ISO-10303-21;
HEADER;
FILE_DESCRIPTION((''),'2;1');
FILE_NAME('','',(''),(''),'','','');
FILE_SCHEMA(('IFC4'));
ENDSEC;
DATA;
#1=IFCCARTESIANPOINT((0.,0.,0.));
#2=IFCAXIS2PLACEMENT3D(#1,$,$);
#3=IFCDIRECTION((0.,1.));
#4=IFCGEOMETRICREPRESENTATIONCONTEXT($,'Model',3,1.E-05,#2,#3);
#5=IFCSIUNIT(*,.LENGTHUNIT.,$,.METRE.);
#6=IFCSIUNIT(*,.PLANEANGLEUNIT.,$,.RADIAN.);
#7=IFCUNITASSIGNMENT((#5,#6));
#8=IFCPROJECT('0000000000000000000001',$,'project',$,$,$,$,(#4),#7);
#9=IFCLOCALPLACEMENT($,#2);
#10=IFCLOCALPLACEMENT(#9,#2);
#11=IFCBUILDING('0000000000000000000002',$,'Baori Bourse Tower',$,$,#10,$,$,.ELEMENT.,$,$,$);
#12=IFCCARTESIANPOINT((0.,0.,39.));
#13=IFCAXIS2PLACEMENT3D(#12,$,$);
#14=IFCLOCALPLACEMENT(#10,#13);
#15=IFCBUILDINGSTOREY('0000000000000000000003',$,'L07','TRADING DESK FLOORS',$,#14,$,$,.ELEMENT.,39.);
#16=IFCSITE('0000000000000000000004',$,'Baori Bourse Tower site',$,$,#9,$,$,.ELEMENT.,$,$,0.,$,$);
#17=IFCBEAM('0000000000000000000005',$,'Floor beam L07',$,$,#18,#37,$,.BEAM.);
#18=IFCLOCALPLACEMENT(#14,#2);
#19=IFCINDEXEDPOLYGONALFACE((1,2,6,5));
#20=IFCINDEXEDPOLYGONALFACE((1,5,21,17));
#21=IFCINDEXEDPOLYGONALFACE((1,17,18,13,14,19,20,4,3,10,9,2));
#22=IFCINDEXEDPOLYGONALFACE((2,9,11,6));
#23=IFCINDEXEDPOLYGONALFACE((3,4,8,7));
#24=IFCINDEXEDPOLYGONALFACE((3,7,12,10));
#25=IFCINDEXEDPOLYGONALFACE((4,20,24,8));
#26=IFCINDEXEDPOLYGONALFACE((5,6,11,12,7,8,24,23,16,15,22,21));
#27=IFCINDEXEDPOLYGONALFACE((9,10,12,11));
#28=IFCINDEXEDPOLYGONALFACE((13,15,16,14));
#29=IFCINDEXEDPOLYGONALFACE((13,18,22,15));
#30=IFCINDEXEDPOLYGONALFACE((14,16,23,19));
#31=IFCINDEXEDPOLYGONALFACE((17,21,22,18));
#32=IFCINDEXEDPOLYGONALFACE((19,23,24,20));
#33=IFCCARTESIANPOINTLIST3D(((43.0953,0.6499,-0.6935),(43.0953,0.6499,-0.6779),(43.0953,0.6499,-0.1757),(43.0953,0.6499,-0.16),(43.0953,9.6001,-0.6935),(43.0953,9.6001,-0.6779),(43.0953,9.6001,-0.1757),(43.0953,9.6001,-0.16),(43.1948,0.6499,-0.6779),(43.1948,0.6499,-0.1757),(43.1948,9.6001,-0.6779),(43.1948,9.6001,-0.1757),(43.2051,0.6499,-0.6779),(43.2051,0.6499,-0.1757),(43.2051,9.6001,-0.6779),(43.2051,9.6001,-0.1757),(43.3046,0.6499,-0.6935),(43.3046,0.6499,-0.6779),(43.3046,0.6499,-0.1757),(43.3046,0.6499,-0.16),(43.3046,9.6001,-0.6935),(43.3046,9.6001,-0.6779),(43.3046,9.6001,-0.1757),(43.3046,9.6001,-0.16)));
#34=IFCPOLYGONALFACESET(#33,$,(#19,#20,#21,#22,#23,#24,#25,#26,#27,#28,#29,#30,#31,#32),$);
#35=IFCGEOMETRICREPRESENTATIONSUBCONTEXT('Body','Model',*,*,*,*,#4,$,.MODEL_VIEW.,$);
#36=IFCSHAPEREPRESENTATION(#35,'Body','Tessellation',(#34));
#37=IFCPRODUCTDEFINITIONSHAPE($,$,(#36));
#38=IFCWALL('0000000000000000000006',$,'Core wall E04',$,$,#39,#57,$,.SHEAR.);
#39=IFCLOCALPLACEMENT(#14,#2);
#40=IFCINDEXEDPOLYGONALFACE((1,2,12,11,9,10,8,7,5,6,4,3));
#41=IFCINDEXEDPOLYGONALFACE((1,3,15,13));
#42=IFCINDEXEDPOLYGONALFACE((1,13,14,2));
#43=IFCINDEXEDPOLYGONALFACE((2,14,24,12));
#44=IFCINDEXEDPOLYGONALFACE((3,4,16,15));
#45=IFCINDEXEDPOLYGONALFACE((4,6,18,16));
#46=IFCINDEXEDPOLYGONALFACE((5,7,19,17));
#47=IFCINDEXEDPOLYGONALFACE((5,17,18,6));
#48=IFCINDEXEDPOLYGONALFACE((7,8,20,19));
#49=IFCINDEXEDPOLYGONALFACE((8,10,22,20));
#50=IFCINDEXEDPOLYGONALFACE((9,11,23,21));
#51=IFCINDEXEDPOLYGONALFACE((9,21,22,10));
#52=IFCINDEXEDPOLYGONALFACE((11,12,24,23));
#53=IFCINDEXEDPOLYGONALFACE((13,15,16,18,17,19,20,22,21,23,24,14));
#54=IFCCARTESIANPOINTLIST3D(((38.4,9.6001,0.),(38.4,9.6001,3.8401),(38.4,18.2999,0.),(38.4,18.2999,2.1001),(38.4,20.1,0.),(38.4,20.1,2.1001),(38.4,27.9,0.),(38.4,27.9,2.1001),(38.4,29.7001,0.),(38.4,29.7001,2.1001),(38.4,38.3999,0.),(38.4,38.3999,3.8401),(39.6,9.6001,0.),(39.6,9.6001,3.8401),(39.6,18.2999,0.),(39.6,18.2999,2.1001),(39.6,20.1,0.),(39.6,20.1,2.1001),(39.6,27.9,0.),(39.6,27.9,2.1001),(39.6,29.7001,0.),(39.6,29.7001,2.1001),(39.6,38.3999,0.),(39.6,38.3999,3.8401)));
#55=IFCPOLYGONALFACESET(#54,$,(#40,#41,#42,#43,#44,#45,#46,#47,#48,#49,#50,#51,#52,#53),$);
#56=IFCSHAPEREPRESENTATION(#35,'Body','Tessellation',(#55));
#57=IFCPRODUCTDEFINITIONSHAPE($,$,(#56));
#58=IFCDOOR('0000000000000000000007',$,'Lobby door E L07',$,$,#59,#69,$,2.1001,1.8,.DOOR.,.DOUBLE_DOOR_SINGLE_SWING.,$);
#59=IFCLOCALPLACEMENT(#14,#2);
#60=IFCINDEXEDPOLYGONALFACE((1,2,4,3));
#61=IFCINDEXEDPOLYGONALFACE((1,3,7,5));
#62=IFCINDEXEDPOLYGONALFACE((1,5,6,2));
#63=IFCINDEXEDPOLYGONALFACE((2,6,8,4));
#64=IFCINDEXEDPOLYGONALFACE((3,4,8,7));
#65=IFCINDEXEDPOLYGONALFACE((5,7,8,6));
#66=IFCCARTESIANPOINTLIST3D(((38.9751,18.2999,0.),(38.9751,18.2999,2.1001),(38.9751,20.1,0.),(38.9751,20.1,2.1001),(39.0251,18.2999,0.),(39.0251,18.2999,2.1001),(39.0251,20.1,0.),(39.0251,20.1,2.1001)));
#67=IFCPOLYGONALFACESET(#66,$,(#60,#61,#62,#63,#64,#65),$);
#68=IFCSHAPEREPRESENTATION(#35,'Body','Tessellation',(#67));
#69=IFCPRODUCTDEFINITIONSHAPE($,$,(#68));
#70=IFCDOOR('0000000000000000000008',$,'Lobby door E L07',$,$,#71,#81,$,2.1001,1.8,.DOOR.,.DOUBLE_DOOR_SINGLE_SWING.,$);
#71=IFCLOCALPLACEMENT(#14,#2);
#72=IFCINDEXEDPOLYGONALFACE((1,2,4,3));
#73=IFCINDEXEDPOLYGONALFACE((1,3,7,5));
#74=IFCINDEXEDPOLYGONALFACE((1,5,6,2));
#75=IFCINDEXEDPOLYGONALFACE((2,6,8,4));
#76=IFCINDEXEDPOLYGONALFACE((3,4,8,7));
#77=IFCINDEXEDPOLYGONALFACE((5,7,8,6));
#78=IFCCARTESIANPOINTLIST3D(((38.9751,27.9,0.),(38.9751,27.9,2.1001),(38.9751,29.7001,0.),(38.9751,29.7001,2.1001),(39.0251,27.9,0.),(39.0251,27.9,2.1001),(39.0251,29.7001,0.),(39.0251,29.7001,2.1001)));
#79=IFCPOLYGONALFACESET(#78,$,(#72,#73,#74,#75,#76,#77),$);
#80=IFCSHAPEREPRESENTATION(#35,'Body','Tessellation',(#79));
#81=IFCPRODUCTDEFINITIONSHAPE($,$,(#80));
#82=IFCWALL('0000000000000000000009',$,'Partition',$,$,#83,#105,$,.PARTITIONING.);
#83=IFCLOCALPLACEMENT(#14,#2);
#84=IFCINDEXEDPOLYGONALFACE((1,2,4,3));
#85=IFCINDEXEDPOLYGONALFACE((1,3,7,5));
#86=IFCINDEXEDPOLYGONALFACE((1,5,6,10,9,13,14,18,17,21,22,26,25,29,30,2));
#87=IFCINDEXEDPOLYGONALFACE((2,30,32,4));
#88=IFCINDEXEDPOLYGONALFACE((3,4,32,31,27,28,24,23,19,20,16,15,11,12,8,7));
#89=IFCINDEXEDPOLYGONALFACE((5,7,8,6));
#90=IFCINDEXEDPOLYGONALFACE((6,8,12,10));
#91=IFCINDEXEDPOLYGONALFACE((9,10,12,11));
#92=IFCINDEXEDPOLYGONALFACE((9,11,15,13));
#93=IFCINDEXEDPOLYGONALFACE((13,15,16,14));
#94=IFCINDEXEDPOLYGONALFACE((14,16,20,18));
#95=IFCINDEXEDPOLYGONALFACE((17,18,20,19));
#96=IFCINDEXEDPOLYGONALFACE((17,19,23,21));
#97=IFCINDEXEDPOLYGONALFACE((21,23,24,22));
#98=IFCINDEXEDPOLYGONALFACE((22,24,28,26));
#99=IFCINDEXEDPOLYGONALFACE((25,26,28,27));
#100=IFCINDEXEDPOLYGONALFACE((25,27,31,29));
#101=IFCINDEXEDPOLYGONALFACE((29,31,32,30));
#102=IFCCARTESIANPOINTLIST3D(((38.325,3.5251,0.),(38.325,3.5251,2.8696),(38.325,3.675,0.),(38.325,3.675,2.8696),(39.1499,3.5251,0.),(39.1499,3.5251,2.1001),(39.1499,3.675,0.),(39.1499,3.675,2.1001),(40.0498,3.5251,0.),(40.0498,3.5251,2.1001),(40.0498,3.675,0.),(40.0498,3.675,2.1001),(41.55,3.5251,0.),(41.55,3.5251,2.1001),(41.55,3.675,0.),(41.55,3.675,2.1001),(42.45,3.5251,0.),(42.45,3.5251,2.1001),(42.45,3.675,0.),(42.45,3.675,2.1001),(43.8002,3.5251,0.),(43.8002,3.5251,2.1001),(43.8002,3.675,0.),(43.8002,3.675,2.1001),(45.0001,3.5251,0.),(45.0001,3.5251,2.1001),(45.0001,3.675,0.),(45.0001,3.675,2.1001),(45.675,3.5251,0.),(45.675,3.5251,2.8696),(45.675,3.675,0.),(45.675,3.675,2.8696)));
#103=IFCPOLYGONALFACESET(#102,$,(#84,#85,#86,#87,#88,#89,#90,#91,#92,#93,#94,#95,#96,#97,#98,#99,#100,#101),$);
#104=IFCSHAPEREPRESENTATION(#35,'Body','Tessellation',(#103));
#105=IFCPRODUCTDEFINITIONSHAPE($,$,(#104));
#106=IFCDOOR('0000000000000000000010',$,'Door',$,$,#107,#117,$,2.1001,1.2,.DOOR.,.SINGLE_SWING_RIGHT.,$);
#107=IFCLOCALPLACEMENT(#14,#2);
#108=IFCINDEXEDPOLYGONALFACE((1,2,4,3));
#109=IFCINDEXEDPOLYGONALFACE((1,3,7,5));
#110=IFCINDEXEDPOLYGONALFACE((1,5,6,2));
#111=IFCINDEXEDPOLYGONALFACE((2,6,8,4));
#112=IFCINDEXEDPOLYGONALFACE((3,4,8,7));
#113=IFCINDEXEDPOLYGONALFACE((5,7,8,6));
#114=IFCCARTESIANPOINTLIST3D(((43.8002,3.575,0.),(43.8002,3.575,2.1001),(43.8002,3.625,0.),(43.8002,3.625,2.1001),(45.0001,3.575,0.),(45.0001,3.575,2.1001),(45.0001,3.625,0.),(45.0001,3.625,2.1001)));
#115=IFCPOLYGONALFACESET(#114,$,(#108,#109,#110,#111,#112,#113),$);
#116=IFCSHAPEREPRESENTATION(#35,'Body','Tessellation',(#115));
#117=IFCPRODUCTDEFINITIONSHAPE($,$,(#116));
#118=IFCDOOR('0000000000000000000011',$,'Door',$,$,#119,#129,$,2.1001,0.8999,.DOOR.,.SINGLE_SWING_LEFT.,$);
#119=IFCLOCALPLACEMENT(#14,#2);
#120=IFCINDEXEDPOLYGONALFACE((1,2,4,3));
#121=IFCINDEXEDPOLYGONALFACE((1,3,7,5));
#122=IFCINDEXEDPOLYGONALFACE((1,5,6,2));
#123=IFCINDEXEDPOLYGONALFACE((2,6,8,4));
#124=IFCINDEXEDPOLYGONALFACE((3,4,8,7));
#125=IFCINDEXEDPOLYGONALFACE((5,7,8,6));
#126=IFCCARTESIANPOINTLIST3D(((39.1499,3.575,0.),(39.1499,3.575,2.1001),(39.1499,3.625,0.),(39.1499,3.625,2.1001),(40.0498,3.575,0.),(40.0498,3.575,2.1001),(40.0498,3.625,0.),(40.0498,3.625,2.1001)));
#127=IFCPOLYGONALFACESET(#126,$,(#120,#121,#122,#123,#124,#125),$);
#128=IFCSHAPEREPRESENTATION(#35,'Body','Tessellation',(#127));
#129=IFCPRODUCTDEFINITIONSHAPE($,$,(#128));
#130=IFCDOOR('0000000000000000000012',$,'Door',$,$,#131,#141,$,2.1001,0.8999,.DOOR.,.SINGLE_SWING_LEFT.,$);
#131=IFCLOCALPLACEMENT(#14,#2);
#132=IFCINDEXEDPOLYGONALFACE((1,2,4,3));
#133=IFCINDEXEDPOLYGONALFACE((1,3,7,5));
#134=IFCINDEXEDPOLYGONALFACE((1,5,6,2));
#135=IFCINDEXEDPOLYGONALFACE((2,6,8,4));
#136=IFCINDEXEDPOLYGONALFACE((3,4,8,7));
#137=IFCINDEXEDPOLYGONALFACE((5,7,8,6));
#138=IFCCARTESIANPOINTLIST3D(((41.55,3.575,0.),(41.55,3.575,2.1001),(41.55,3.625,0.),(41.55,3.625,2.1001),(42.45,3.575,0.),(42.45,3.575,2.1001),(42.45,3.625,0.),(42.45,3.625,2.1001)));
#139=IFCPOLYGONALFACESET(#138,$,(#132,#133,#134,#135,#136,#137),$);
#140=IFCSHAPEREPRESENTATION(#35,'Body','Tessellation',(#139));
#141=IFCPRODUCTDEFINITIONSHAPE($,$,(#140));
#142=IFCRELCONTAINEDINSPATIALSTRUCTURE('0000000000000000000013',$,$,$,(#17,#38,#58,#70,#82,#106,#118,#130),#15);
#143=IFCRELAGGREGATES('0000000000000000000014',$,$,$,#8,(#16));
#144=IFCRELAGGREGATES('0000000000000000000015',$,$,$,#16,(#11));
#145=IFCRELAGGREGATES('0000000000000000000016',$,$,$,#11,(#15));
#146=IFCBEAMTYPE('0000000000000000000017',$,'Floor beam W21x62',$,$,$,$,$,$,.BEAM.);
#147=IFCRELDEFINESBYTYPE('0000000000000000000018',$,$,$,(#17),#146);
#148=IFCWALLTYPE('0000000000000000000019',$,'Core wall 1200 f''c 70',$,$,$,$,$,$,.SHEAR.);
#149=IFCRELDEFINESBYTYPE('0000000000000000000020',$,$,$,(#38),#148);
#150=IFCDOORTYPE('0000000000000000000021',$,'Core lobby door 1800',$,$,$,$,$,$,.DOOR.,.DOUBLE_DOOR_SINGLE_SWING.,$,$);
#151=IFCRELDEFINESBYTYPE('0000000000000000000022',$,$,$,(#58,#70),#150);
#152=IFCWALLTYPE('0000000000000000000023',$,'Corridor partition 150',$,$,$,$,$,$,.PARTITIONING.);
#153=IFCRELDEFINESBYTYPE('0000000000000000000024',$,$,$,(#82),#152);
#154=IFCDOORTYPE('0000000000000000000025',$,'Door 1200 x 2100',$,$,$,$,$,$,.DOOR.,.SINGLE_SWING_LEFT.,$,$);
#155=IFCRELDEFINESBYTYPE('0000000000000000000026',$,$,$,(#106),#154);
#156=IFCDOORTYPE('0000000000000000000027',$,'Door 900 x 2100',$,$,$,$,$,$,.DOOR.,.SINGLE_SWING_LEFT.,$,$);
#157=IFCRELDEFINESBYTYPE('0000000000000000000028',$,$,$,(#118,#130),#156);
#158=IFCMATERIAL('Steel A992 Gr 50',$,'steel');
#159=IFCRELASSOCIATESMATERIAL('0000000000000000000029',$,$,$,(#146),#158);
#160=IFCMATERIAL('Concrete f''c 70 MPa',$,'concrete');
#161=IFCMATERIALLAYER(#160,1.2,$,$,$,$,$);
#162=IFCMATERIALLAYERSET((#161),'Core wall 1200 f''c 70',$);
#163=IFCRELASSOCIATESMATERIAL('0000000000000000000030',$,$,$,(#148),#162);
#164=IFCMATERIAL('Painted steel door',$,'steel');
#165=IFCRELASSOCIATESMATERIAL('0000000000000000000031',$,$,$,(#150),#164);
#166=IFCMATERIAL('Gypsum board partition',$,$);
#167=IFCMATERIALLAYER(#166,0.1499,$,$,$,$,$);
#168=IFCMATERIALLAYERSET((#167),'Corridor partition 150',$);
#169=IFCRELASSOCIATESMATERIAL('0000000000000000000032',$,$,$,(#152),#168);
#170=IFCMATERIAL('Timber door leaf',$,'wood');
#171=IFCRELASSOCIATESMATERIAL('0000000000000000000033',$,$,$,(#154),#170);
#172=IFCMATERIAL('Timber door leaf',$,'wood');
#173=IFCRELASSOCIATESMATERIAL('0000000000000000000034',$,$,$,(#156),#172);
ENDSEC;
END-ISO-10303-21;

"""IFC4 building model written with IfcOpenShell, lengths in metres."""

from ifc_helpers import new_model, si_unit, direction, frame, frame_2d, origin, origin_2d, place, context, subcontext, project, spatial, rectangle, i_section, extrude, material, layer, layer_set, material_profile, profile_set, type_object, element, fill, save


model = new_model("IFC4")

# Units and contexts
model_context = context("Model", 3, precision=1e-05, world=origin(), true_north=direction((0.0, 1.0)))
body_context = subcontext(model_context, "Body", "Model", "MODEL_VIEW")
ifc_project = project(units=[si_unit("LENGTHUNIT", "METRE"), si_unit("PLANEANGLEUNIT", "RADIAN")], contexts=[model_context])

# Site, building, storey
site_placement = place(None, origin())
site = spatial("IfcSite", under=ifc_project, at=site_placement, Name="Baori Bourse Tower site", CompositionType="ELEMENT", RefElevation=0.0)
building_placement = place(site_placement, origin())
building = spatial("IfcBuilding", under=site, at=building_placement, Name="Baori Bourse Tower", CompositionType="ELEMENT")
storey_placement = place(building_placement, frame((0.0, 0.0, 39.0)))
storey = spatial("IfcBuildingStorey", under=building, at=storey_placement, Name="L07", Description="TRADING DESK FLOORS", CompositionType="ELEMENT", Elevation=39.0)

# Beam
ifc_material_1 = material(Name="Steel A992 Gr 50", Category="steel")
ifc_material_profile = material_profile(ifc_material_1, i_section(OverallWidth=0.2092, OverallDepth=0.5334, WebThickness=0.0103, FlangeThickness=0.0156, at=origin_2d()), Name="W21x62")
ifc_profile_set = profile_set([ifc_material_profile], Name="Steel A992 Gr 50")
beam_type = type_object("IfcBeamType", Name="Floor beam W21x62", PredefinedType="BEAM", material=ifc_profile_set)
beam_placement = place(storey_placement, frame((43.2, 0.6499, -0.4268), z_axis=(0.0, 1.0, 0.0), x_axis=(-1.0, 0.0, 0.0)))
element("IfcBeam", 1, at=beam_placement, inside=storey, type_object=beam_type, Name="Floor beam L07", PredefinedType="BEAM", context=body_context, shape_type="SweptSolid", body=[
    extrude(i_section(OverallWidth=0.2092, OverallDepth=0.5334, WebThickness=0.0103, FlangeThickness=0.0156, at=origin_2d()), origin(), (0.0, 0.0, 1.0), 8.9502),
])

# Walls, openings, doors
ifc_material_2 = material(Name="Concrete f'c 70 MPa", Category="concrete")
ifc_layer_1 = layer(ifc_material_2, 1.2)
ifc_layer_set_1 = layer_set([ifc_layer_1], Name="Core wall 1200 f'c 70")
wall_type_1 = type_object("IfcWallType", Name="Core wall 1200 f'c 70", PredefinedType="SHEAR", material=ifc_layer_set_1)
wall_1_placement = place(storey_placement, frame((39.0, 9.6001, 0.0), z_axis=(0.0, 0.0, 1.0), x_axis=(0.0, 1.0, 0.0)))
wall_1 = element("IfcWall", 2, at=wall_1_placement, inside=storey, type_object=wall_type_1, Name="Core wall E04", PredefinedType="SHEAR", context=body_context, shape_type="SweptSolid", body=[
    extrude(rectangle(XDim=28.7998, YDim=1.2, at=frame_2d((14.3999, 0.0))), origin(), (0.0, 0.0, 1.0), 3.8401),
])
opening_1_placement = place(wall_1_placement, frame((8.7, 0.0, 0.0)))
opening_1 = element("IfcOpeningElement", 3, at=opening_1_placement, cuts=wall_1, PredefinedType="OPENING", context=body_context, shape_type="SweptSolid", body=[
    extrude(rectangle(XDim=1.8, YDim=2.1001, at=frame_2d((0.8999, 1.05))), frame((0.0, 0.6099, 0.0), z_axis=(0.0, -1.0, 0.0), x_axis=(1.0, 0.0, 0.0)), (0.0, 0.0, 1.0), 1.22),
])
opening_2_placement = place(wall_1_placement, frame((18.3, 0.0, 0.0)))
opening_2 = element("IfcOpeningElement", 4, at=opening_2_placement, cuts=wall_1, PredefinedType="OPENING", context=body_context, shape_type="SweptSolid", body=[
    extrude(rectangle(XDim=1.8, YDim=2.1001, at=frame_2d((0.8999, 1.05))), frame((0.0, 0.6099, 0.0), z_axis=(0.0, -1.0, 0.0), x_axis=(1.0, 0.0, 0.0)), (0.0, 0.0, 1.0), 1.22),
])
ifc_material_3 = material(Name="Painted steel door", Category="steel")
door_type_1 = type_object("IfcDoorType", Name="Core lobby door 1800", OperationType="DOUBLE_DOOR_SINGLE_SWING", PredefinedType="DOOR", material=ifc_material_3)
door_1_placement = place(opening_1_placement, origin())
door_1 = element("IfcDoor", 5, at=door_1_placement, inside=storey, type_object=door_type_1, Name="Lobby door E L07", OperationType="DOUBLE_DOOR_SINGLE_SWING", OverallHeight=2.1001, OverallWidth=1.8, PredefinedType="DOOR", context=body_context, shape_type="SweptSolid", body=[
    extrude(rectangle(XDim=1.8, YDim=2.1001, at=frame_2d((0.8999, 1.05))), frame((0.0, 0.0249, 0.0), z_axis=(0.0, -1.0, 0.0), x_axis=(1.0, 0.0, 0.0)), (0.0, 0.0, 1.0), 0.05),
])
fill(opening_1, door_1)
door_2_placement = place(opening_2_placement, origin())
door_2 = element("IfcDoor", 6, at=door_2_placement, inside=storey, type_object=door_type_1, Name="Lobby door E L07", OperationType="DOUBLE_DOOR_SINGLE_SWING", OverallHeight=2.1001, OverallWidth=1.8, PredefinedType="DOOR", context=body_context, shape_type="SweptSolid", body=[
    extrude(rectangle(XDim=1.8, YDim=2.1001, at=frame_2d((0.8999, 1.05))), frame((0.0, 0.0249, 0.0), z_axis=(0.0, -1.0, 0.0), x_axis=(1.0, 0.0, 0.0)), (0.0, 0.0, 1.0), 0.05),
])
fill(opening_2, door_2)
ifc_material_4 = material(Name="Gypsum board partition")
ifc_layer_2 = layer(ifc_material_4, 0.1499)
ifc_layer_set_2 = layer_set([ifc_layer_2], Name="Corridor partition 150")
wall_type_2 = type_object("IfcWallType", Name="Corridor partition 150", PredefinedType="PARTITIONING", material=ifc_layer_set_2)
wall_2_placement = place(storey_placement, frame((38.325, 3.6001, 0.0), z_axis=(0.0, 0.0, 1.0), x_axis=(1.0, 0.0, 0.0)))
wall_2 = element("IfcWall", 7, at=wall_2_placement, inside=storey, type_object=wall_type_2, Name="Partition", PredefinedType="PARTITIONING", context=body_context, shape_type="SweptSolid", body=[
    extrude(rectangle(XDim=7.3501, YDim=0.1499, at=frame_2d((3.675, 0.0))), origin(), (0.0, 0.0, 1.0), 2.8696),
])
opening_3_placement = place(wall_2_placement, frame((0.825, 0.0, 0.0)))
opening_3 = element("IfcOpeningElement", 8, at=opening_3_placement, cuts=wall_2, PredefinedType="OPENING", context=body_context, shape_type="SweptSolid", body=[
    extrude(rectangle(XDim=0.8999, YDim=2.1001, at=frame_2d((0.45, 1.05))), frame((0.0, 0.085, 0.0), z_axis=(0.0, -1.0, 0.0), x_axis=(1.0, 0.0, 0.0)), (0.0, 0.0, 1.0), 0.1699),
])
opening_4_placement = place(wall_2_placement, frame((3.2251, 0.0, 0.0)))
opening_4 = element("IfcOpeningElement", 9, at=opening_4_placement, cuts=wall_2, PredefinedType="OPENING", context=body_context, shape_type="SweptSolid", body=[
    extrude(rectangle(XDim=0.8999, YDim=2.1001, at=frame_2d((0.45, 1.05))), frame((0.0, 0.085, 0.0), z_axis=(0.0, -1.0, 0.0), x_axis=(1.0, 0.0, 0.0)), (0.0, 0.0, 1.0), 0.1699),
])
opening_5_placement = place(wall_2_placement, frame((5.4751, 0.0, 0.0)))
opening_5 = element("IfcOpeningElement", 10, at=opening_5_placement, cuts=wall_2, PredefinedType="OPENING", context=body_context, shape_type="SweptSolid", body=[
    extrude(rectangle(XDim=1.2, YDim=2.1001, at=frame_2d((0.6001, 1.05))), frame((0.0, 0.085, 0.0), z_axis=(0.0, -1.0, 0.0), x_axis=(1.0, 0.0, 0.0)), (0.0, 0.0, 1.0), 0.1699),
])
ifc_material_5 = material(Name="Timber door leaf", Category="wood")
door_type_2 = type_object("IfcDoorType", Name="Door 1200 x 2100", OperationType="SINGLE_SWING_LEFT", PredefinedType="DOOR", material=ifc_material_5)
door_3_placement = place(opening_5_placement, origin())
door_3 = element("IfcDoor", 11, at=door_3_placement, inside=storey, type_object=door_type_2, Name="Door", OperationType="SINGLE_SWING_RIGHT", OverallHeight=2.1001, OverallWidth=1.2, PredefinedType="DOOR", context=body_context, shape_type="SweptSolid", body=[
    extrude(rectangle(XDim=1.2, YDim=2.1001, at=frame_2d((0.6001, 1.05))), frame((0.0, 0.0249, 0.0), z_axis=(0.0, -1.0, 0.0), x_axis=(1.0, 0.0, 0.0)), (0.0, 0.0, 1.0), 0.05),
])
fill(opening_5, door_3)
ifc_material_6 = material(Name="Timber door leaf", Category="wood")
door_type_3 = type_object("IfcDoorType", Name="Door 900 x 2100", OperationType="SINGLE_SWING_LEFT", PredefinedType="DOOR", material=ifc_material_6)
door_4_placement = place(opening_3_placement, origin())
door_4 = element("IfcDoor", 12, at=door_4_placement, inside=storey, type_object=door_type_3, Name="Door", OperationType="SINGLE_SWING_LEFT", OverallHeight=2.1001, OverallWidth=0.8999, PredefinedType="DOOR", context=body_context, shape_type="SweptSolid", body=[
    extrude(rectangle(XDim=0.8999, YDim=2.1001, at=frame_2d((0.45, 1.05))), frame((0.0, 0.0249, 0.0), z_axis=(0.0, -1.0, 0.0), x_axis=(1.0, 0.0, 0.0)), (0.0, 0.0, 1.0), 0.05),
])
fill(opening_3, door_4)
door_5_placement = place(opening_4_placement, origin())
door_5 = element("IfcDoor", 13, at=door_5_placement, inside=storey, type_object=door_type_3, Name="Door", OperationType="SINGLE_SWING_LEFT", OverallHeight=2.1001, OverallWidth=0.8999, PredefinedType="DOOR", context=body_context, shape_type="SweptSolid", body=[
    extrude(rectangle(XDim=0.8999, YDim=2.1001, at=frame_2d((0.45, 1.05))), frame((0.0, 0.0249, 0.0), z_axis=(0.0, -1.0, 0.0), x_axis=(1.0, 0.0, 0.0)), (0.0, 0.0, 1.0), 0.05),
])
fill(opening_4, door_5)

save(model, "model.ifc")
